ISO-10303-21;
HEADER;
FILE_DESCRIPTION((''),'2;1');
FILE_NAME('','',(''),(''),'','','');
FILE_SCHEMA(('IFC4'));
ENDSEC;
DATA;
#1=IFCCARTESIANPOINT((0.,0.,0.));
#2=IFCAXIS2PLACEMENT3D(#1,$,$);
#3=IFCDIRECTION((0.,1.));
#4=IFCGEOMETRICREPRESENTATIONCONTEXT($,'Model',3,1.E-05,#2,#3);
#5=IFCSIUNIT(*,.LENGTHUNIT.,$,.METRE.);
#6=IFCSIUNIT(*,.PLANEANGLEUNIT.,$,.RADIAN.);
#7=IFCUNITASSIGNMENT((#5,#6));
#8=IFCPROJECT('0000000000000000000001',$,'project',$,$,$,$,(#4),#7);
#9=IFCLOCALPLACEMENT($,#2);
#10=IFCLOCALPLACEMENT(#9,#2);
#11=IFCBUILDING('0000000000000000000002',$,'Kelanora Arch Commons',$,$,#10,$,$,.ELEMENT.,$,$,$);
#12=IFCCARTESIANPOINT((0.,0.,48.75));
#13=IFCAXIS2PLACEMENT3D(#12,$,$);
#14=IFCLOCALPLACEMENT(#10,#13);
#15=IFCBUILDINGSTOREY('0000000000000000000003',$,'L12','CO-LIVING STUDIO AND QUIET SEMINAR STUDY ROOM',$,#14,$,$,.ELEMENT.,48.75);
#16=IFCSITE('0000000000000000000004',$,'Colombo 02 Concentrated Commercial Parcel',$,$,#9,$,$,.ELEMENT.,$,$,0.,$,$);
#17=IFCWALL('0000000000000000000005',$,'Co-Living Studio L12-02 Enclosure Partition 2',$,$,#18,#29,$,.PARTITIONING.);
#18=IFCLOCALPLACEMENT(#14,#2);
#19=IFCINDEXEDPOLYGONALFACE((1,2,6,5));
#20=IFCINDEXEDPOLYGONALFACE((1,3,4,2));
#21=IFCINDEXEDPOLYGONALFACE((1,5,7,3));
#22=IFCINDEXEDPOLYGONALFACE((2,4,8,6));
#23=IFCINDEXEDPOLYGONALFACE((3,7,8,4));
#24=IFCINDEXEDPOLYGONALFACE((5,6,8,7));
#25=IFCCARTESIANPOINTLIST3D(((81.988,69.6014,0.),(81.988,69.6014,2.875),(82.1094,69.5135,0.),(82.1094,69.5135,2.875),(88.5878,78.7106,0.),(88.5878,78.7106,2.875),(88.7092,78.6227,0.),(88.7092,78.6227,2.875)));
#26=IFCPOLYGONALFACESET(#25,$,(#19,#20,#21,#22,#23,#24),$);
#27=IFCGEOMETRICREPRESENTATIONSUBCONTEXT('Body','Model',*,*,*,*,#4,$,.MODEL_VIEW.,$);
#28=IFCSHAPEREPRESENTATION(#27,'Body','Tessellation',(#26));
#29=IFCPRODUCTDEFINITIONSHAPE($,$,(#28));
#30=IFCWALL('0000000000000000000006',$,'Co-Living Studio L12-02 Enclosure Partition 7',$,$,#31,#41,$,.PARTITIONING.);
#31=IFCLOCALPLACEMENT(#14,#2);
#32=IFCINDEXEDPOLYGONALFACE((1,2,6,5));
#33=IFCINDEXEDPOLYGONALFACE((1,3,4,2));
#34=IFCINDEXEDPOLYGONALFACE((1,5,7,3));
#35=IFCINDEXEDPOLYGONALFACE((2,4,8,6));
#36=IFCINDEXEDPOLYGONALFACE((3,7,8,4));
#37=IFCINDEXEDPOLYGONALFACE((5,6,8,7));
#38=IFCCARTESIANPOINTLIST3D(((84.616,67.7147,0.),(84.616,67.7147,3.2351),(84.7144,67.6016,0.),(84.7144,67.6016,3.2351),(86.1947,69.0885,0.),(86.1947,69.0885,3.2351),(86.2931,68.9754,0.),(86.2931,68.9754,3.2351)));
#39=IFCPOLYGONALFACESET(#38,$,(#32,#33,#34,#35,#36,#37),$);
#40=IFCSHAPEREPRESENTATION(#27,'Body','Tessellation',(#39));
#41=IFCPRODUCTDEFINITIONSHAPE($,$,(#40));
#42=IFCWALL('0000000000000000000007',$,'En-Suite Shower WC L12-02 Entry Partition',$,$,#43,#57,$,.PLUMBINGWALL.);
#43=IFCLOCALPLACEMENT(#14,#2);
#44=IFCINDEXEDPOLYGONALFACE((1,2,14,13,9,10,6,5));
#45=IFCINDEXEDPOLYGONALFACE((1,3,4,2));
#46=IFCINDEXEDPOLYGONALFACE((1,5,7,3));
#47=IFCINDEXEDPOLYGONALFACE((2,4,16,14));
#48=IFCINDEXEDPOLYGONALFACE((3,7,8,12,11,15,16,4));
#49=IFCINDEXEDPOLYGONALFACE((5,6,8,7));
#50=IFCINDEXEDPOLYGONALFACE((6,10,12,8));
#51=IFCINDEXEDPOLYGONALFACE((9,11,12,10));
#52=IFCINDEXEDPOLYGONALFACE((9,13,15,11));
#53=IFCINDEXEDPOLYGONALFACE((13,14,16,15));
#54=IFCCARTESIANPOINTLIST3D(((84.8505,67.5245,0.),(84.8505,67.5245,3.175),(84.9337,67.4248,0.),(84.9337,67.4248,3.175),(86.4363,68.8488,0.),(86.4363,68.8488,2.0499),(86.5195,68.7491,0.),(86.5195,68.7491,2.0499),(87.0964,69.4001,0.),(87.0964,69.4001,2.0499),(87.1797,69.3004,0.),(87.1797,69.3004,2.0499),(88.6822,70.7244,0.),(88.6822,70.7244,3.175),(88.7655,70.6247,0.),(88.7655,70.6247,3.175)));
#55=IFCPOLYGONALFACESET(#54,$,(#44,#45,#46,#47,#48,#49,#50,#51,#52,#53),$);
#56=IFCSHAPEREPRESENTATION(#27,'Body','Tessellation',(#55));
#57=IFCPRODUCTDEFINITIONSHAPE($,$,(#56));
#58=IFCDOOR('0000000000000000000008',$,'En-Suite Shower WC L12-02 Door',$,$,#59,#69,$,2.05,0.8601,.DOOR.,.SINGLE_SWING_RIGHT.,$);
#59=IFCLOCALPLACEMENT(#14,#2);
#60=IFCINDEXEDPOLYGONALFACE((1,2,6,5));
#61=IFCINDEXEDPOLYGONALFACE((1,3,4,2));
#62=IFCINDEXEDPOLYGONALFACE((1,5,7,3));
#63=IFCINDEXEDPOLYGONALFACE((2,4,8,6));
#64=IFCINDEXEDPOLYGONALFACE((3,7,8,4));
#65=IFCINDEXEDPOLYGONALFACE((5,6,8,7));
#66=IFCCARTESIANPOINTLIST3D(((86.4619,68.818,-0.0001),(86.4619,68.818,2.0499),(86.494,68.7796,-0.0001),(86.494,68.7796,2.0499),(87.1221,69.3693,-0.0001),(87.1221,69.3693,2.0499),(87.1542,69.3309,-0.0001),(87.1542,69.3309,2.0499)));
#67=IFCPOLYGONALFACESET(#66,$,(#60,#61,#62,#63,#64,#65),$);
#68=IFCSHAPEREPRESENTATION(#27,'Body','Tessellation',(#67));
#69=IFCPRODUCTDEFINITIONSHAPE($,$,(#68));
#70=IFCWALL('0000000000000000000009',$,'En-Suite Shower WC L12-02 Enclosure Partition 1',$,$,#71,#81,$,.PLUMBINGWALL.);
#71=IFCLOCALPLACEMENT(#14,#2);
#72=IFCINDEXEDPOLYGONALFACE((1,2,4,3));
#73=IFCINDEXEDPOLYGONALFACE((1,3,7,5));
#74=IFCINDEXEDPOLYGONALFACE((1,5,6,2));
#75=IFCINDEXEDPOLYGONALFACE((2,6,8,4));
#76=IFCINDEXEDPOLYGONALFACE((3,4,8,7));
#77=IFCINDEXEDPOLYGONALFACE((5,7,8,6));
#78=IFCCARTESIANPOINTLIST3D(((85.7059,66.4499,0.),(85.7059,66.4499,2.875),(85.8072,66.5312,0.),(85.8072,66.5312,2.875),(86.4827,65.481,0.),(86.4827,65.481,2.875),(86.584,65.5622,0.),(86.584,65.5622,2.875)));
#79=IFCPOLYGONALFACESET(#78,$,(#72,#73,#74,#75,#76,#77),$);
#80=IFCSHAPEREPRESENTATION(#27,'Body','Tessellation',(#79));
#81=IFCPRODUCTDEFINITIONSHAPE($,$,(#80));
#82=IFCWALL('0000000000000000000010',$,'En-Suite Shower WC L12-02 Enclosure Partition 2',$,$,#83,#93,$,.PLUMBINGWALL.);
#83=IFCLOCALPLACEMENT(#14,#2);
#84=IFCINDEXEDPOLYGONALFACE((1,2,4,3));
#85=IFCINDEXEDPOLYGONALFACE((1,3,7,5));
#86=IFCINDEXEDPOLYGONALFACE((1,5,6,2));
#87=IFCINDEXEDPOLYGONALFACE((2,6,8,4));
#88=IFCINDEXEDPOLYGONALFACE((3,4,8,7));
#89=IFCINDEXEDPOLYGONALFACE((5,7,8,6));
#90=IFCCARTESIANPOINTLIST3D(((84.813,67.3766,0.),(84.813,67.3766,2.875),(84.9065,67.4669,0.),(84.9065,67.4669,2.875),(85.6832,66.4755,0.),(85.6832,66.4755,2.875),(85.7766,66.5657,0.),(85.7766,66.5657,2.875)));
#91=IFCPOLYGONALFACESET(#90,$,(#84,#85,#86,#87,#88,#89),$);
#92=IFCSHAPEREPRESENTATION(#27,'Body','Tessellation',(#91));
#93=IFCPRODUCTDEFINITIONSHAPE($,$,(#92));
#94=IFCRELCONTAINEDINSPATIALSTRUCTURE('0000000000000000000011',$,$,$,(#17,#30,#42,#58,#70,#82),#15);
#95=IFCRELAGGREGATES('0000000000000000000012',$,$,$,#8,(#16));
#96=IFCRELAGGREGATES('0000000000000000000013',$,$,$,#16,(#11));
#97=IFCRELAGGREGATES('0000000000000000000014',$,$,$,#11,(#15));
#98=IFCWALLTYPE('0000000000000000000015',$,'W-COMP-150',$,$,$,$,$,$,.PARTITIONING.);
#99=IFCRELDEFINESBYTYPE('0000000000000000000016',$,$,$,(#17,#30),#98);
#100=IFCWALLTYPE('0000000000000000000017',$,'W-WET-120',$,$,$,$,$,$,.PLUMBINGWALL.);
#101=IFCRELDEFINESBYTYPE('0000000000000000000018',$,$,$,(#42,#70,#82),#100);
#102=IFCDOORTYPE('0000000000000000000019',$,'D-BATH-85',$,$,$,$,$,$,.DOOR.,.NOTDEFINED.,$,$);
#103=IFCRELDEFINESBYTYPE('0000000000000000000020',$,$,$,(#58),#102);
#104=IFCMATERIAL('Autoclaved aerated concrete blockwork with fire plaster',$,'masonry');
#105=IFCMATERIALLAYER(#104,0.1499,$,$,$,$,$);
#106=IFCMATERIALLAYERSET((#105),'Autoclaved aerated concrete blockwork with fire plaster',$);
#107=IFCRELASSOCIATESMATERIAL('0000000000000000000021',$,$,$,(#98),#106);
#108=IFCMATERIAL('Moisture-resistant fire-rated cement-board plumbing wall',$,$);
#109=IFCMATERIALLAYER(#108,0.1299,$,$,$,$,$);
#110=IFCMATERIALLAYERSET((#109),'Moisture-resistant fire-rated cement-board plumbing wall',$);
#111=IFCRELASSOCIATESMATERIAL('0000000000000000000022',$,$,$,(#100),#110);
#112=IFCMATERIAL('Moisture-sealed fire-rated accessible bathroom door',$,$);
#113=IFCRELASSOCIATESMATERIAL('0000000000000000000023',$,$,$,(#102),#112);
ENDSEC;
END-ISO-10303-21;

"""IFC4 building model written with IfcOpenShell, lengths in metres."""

from ifc_helpers import new_model, si_unit, direction, frame, frame_2d, origin, place, context, subcontext, project, spatial, rectangle, extrude, material, layer, layer_set, type_object, element, fill, save


model = new_model("IFC4")

# Units and contexts
model_context = context("Model", 3, precision=1e-05, world=origin(), true_north=direction((0.0, 1.0)))
body_context = subcontext(model_context, "Body", "Model", "MODEL_VIEW")
ifc_project = project(units=[si_unit("LENGTHUNIT", "METRE"), si_unit("PLANEANGLEUNIT", "RADIAN")], contexts=[model_context])

# Site, building, storey
site_placement = place(None, origin())
site = spatial("IfcSite", under=ifc_project, at=site_placement, Name="Colombo 02 Concentrated Commercial Parcel", CompositionType="ELEMENT", RefElevation=0.0)
building_placement = place(site_placement, origin())
building = spatial("IfcBuilding", under=site, at=building_placement, Name="Kelanora Arch Commons", CompositionType="ELEMENT")
storey_placement = place(building_placement, frame((0.0, 0.0, 48.75)))
storey = spatial("IfcBuildingStorey", under=building, at=storey_placement, Name="L12", Description="CO-LIVING STUDIO AND QUIET SEMINAR STUDY ROOM", CompositionType="ELEMENT", Elevation=48.75)

# Shared definitions
ifc_material_1 = material(Name="Autoclaved aerated concrete blockwork with fire plaster", Category="masonry")
ifc_layer_1 = layer(ifc_material_1, 0.1499)
ifc_layer_set_1 = layer_set([ifc_layer_1], Name="Autoclaved aerated concrete blockwork with fire plaster")
wall_type_1 = type_object("IfcWallType", Name="W-COMP-150", PredefinedType="PARTITIONING", material=ifc_layer_set_1)

# Walls
wall_1_placement = place(storey_placement, frame((82.0486, 69.5574, 0.0), z_axis=(0.0, 0.0, 1.0), x_axis=(0.586719, 0.809791, 0.0)))
element("IfcWall", 1, at=wall_1_placement, inside=storey, type_object=wall_type_1, Name="Co-Living Studio L12-02 Enclosure Partition 2", PredefinedType="PARTITIONING", context=body_context, shape_type="SweptSolid", body=[
    extrude(rectangle(XDim=11.2488, YDim=0.1499, at=frame_2d((5.6245, 0.0))), origin(), (0.0, 0.0, 1.0), 2.875),
])
wall_2_placement = place(storey_placement, frame((86.2439, 69.032, 0.0), z_axis=(0.0, 0.0, 1.0), x_axis=(-0.754352, -0.65647, 0.0)))
element("IfcWall", 2, at=wall_2_placement, inside=storey, type_object=wall_type_1, Name="Co-Living Studio L12-02 Enclosure Partition 7", PredefinedType="PARTITIONING", context=body_context, shape_type="SweptSolid", body=[
    extrude(rectangle(XDim=2.0928, YDim=0.1499, at=frame_2d((1.0464, 0.0))), origin(), (0.0, 0.0, 1.0), 3.2351),
])

# Wall, opening, door
ifc_material_2 = material(Name="Moisture-resistant fire-rated cement-board plumbing wall")
ifc_layer_2 = layer(ifc_material_2, 0.1299)
ifc_layer_set_2 = layer_set([ifc_layer_2], Name="Moisture-resistant fire-rated cement-board plumbing wall")
wall_type_2 = type_object("IfcWallType", Name="W-WET-120", PredefinedType="PLUMBINGWALL", material=ifc_layer_set_2)
wall_3_placement = place(storey_placement, frame((84.8921, 67.4746, 0.0), z_axis=(0.0, 0.0, 1.0), x_axis=(0.767551, 0.640987, 0.0)))
wall_3 = element("IfcWall", 3, at=wall_3_placement, inside=storey, type_object=wall_type_2, Name="En-Suite Shower WC L12-02 Entry Partition", PredefinedType="PLUMBINGWALL", context=body_context, shape_type="SweptSolid", body=[
    extrude(rectangle(XDim=4.9922, YDim=0.1299, at=frame_2d((2.4961, 0.0))), origin(), (0.0, 0.0, 1.0), 3.175),
])
opening_1_placement = place(wall_3_placement, frame((2.0659, 0.0, 0.0)))
opening_1 = element("IfcOpeningElement", 4, at=opening_1_placement, cuts=wall_3, PredefinedType="OPENING", context=body_context, shape_type="SweptSolid", body=[
    extrude(rectangle(XDim=0.8601, YDim=2.05, at=frame_2d((0.4302, 1.0249))), frame((0.0, 0.075, 0.0), z_axis=(0.0, -1.0, 0.0), x_axis=(1.0, 0.0, 0.0)), (0.0, 0.0, 1.0), 0.1499),
])
ifc_material_3 = material(Name="Moisture-sealed fire-rated accessible bathroom door")
door_type_1 = type_object("IfcDoorType", Name="D-BATH-85", OperationType="NOTDEFINED", PredefinedType="DOOR", material=ifc_material_3)
door_1_placement = place(opening_1_placement, origin())
door_1 = element("IfcDoor", 5, at=door_1_placement, inside=storey, type_object=door_type_1, Name="En-Suite Shower WC L12-02 Door", OperationType="SINGLE_SWING_RIGHT", OverallHeight=2.05, OverallWidth=0.8601, PredefinedType="DOOR", context=body_context, shape_type="SweptSolid", body=[
    extrude(rectangle(XDim=0.8601, YDim=2.05, at=frame_2d((0.4302, 1.0249))), frame((0.0, 0.0249, 0.0), z_axis=(0.0, -1.0, 0.0), x_axis=(1.0, 0.0, 0.0)), (0.0, 0.0, 1.0), 0.05),
])
fill(opening_1, door_1)

# Walls
wall_4_placement = place(storey_placement, frame((86.5334, 65.5215, 0.0), z_axis=(0.0, 0.0, 1.0), x_axis=(-0.62551, 0.780216, 0.0)))
element("IfcWall", 6, at=wall_4_placement, inside=storey, type_object=wall_type_2, Name="En-Suite Shower WC L12-02 Enclosure Partition 1", PredefinedType="PLUMBINGWALL", context=body_context, shape_type="SweptSolid", body=[
    extrude(rectangle(XDim=1.2419, YDim=0.1299, at=frame_2d((0.6211, 0.0))), origin(), (0.0, 0.0, 1.0), 2.875),
])
wall_5_placement = place(storey_placement, frame((85.73, 66.5205, 0.0), z_axis=(0.0, 0.0, 1.0), x_axis=(-0.694622, 0.719375, 0.0)))
element("IfcWall", 7, at=wall_5_placement, inside=storey, type_object=wall_type_2, Name="En-Suite Shower WC L12-02 Enclosure Partition 2", PredefinedType="PLUMBINGWALL", context=body_context, shape_type="SweptSolid", body=[
    extrude(rectangle(XDim=1.2527, YDim=0.1299, at=frame_2d((0.6265, 0.0))), origin(), (0.0, 0.0, 1.0), 2.875),
])

save(model, "model.ifc")
